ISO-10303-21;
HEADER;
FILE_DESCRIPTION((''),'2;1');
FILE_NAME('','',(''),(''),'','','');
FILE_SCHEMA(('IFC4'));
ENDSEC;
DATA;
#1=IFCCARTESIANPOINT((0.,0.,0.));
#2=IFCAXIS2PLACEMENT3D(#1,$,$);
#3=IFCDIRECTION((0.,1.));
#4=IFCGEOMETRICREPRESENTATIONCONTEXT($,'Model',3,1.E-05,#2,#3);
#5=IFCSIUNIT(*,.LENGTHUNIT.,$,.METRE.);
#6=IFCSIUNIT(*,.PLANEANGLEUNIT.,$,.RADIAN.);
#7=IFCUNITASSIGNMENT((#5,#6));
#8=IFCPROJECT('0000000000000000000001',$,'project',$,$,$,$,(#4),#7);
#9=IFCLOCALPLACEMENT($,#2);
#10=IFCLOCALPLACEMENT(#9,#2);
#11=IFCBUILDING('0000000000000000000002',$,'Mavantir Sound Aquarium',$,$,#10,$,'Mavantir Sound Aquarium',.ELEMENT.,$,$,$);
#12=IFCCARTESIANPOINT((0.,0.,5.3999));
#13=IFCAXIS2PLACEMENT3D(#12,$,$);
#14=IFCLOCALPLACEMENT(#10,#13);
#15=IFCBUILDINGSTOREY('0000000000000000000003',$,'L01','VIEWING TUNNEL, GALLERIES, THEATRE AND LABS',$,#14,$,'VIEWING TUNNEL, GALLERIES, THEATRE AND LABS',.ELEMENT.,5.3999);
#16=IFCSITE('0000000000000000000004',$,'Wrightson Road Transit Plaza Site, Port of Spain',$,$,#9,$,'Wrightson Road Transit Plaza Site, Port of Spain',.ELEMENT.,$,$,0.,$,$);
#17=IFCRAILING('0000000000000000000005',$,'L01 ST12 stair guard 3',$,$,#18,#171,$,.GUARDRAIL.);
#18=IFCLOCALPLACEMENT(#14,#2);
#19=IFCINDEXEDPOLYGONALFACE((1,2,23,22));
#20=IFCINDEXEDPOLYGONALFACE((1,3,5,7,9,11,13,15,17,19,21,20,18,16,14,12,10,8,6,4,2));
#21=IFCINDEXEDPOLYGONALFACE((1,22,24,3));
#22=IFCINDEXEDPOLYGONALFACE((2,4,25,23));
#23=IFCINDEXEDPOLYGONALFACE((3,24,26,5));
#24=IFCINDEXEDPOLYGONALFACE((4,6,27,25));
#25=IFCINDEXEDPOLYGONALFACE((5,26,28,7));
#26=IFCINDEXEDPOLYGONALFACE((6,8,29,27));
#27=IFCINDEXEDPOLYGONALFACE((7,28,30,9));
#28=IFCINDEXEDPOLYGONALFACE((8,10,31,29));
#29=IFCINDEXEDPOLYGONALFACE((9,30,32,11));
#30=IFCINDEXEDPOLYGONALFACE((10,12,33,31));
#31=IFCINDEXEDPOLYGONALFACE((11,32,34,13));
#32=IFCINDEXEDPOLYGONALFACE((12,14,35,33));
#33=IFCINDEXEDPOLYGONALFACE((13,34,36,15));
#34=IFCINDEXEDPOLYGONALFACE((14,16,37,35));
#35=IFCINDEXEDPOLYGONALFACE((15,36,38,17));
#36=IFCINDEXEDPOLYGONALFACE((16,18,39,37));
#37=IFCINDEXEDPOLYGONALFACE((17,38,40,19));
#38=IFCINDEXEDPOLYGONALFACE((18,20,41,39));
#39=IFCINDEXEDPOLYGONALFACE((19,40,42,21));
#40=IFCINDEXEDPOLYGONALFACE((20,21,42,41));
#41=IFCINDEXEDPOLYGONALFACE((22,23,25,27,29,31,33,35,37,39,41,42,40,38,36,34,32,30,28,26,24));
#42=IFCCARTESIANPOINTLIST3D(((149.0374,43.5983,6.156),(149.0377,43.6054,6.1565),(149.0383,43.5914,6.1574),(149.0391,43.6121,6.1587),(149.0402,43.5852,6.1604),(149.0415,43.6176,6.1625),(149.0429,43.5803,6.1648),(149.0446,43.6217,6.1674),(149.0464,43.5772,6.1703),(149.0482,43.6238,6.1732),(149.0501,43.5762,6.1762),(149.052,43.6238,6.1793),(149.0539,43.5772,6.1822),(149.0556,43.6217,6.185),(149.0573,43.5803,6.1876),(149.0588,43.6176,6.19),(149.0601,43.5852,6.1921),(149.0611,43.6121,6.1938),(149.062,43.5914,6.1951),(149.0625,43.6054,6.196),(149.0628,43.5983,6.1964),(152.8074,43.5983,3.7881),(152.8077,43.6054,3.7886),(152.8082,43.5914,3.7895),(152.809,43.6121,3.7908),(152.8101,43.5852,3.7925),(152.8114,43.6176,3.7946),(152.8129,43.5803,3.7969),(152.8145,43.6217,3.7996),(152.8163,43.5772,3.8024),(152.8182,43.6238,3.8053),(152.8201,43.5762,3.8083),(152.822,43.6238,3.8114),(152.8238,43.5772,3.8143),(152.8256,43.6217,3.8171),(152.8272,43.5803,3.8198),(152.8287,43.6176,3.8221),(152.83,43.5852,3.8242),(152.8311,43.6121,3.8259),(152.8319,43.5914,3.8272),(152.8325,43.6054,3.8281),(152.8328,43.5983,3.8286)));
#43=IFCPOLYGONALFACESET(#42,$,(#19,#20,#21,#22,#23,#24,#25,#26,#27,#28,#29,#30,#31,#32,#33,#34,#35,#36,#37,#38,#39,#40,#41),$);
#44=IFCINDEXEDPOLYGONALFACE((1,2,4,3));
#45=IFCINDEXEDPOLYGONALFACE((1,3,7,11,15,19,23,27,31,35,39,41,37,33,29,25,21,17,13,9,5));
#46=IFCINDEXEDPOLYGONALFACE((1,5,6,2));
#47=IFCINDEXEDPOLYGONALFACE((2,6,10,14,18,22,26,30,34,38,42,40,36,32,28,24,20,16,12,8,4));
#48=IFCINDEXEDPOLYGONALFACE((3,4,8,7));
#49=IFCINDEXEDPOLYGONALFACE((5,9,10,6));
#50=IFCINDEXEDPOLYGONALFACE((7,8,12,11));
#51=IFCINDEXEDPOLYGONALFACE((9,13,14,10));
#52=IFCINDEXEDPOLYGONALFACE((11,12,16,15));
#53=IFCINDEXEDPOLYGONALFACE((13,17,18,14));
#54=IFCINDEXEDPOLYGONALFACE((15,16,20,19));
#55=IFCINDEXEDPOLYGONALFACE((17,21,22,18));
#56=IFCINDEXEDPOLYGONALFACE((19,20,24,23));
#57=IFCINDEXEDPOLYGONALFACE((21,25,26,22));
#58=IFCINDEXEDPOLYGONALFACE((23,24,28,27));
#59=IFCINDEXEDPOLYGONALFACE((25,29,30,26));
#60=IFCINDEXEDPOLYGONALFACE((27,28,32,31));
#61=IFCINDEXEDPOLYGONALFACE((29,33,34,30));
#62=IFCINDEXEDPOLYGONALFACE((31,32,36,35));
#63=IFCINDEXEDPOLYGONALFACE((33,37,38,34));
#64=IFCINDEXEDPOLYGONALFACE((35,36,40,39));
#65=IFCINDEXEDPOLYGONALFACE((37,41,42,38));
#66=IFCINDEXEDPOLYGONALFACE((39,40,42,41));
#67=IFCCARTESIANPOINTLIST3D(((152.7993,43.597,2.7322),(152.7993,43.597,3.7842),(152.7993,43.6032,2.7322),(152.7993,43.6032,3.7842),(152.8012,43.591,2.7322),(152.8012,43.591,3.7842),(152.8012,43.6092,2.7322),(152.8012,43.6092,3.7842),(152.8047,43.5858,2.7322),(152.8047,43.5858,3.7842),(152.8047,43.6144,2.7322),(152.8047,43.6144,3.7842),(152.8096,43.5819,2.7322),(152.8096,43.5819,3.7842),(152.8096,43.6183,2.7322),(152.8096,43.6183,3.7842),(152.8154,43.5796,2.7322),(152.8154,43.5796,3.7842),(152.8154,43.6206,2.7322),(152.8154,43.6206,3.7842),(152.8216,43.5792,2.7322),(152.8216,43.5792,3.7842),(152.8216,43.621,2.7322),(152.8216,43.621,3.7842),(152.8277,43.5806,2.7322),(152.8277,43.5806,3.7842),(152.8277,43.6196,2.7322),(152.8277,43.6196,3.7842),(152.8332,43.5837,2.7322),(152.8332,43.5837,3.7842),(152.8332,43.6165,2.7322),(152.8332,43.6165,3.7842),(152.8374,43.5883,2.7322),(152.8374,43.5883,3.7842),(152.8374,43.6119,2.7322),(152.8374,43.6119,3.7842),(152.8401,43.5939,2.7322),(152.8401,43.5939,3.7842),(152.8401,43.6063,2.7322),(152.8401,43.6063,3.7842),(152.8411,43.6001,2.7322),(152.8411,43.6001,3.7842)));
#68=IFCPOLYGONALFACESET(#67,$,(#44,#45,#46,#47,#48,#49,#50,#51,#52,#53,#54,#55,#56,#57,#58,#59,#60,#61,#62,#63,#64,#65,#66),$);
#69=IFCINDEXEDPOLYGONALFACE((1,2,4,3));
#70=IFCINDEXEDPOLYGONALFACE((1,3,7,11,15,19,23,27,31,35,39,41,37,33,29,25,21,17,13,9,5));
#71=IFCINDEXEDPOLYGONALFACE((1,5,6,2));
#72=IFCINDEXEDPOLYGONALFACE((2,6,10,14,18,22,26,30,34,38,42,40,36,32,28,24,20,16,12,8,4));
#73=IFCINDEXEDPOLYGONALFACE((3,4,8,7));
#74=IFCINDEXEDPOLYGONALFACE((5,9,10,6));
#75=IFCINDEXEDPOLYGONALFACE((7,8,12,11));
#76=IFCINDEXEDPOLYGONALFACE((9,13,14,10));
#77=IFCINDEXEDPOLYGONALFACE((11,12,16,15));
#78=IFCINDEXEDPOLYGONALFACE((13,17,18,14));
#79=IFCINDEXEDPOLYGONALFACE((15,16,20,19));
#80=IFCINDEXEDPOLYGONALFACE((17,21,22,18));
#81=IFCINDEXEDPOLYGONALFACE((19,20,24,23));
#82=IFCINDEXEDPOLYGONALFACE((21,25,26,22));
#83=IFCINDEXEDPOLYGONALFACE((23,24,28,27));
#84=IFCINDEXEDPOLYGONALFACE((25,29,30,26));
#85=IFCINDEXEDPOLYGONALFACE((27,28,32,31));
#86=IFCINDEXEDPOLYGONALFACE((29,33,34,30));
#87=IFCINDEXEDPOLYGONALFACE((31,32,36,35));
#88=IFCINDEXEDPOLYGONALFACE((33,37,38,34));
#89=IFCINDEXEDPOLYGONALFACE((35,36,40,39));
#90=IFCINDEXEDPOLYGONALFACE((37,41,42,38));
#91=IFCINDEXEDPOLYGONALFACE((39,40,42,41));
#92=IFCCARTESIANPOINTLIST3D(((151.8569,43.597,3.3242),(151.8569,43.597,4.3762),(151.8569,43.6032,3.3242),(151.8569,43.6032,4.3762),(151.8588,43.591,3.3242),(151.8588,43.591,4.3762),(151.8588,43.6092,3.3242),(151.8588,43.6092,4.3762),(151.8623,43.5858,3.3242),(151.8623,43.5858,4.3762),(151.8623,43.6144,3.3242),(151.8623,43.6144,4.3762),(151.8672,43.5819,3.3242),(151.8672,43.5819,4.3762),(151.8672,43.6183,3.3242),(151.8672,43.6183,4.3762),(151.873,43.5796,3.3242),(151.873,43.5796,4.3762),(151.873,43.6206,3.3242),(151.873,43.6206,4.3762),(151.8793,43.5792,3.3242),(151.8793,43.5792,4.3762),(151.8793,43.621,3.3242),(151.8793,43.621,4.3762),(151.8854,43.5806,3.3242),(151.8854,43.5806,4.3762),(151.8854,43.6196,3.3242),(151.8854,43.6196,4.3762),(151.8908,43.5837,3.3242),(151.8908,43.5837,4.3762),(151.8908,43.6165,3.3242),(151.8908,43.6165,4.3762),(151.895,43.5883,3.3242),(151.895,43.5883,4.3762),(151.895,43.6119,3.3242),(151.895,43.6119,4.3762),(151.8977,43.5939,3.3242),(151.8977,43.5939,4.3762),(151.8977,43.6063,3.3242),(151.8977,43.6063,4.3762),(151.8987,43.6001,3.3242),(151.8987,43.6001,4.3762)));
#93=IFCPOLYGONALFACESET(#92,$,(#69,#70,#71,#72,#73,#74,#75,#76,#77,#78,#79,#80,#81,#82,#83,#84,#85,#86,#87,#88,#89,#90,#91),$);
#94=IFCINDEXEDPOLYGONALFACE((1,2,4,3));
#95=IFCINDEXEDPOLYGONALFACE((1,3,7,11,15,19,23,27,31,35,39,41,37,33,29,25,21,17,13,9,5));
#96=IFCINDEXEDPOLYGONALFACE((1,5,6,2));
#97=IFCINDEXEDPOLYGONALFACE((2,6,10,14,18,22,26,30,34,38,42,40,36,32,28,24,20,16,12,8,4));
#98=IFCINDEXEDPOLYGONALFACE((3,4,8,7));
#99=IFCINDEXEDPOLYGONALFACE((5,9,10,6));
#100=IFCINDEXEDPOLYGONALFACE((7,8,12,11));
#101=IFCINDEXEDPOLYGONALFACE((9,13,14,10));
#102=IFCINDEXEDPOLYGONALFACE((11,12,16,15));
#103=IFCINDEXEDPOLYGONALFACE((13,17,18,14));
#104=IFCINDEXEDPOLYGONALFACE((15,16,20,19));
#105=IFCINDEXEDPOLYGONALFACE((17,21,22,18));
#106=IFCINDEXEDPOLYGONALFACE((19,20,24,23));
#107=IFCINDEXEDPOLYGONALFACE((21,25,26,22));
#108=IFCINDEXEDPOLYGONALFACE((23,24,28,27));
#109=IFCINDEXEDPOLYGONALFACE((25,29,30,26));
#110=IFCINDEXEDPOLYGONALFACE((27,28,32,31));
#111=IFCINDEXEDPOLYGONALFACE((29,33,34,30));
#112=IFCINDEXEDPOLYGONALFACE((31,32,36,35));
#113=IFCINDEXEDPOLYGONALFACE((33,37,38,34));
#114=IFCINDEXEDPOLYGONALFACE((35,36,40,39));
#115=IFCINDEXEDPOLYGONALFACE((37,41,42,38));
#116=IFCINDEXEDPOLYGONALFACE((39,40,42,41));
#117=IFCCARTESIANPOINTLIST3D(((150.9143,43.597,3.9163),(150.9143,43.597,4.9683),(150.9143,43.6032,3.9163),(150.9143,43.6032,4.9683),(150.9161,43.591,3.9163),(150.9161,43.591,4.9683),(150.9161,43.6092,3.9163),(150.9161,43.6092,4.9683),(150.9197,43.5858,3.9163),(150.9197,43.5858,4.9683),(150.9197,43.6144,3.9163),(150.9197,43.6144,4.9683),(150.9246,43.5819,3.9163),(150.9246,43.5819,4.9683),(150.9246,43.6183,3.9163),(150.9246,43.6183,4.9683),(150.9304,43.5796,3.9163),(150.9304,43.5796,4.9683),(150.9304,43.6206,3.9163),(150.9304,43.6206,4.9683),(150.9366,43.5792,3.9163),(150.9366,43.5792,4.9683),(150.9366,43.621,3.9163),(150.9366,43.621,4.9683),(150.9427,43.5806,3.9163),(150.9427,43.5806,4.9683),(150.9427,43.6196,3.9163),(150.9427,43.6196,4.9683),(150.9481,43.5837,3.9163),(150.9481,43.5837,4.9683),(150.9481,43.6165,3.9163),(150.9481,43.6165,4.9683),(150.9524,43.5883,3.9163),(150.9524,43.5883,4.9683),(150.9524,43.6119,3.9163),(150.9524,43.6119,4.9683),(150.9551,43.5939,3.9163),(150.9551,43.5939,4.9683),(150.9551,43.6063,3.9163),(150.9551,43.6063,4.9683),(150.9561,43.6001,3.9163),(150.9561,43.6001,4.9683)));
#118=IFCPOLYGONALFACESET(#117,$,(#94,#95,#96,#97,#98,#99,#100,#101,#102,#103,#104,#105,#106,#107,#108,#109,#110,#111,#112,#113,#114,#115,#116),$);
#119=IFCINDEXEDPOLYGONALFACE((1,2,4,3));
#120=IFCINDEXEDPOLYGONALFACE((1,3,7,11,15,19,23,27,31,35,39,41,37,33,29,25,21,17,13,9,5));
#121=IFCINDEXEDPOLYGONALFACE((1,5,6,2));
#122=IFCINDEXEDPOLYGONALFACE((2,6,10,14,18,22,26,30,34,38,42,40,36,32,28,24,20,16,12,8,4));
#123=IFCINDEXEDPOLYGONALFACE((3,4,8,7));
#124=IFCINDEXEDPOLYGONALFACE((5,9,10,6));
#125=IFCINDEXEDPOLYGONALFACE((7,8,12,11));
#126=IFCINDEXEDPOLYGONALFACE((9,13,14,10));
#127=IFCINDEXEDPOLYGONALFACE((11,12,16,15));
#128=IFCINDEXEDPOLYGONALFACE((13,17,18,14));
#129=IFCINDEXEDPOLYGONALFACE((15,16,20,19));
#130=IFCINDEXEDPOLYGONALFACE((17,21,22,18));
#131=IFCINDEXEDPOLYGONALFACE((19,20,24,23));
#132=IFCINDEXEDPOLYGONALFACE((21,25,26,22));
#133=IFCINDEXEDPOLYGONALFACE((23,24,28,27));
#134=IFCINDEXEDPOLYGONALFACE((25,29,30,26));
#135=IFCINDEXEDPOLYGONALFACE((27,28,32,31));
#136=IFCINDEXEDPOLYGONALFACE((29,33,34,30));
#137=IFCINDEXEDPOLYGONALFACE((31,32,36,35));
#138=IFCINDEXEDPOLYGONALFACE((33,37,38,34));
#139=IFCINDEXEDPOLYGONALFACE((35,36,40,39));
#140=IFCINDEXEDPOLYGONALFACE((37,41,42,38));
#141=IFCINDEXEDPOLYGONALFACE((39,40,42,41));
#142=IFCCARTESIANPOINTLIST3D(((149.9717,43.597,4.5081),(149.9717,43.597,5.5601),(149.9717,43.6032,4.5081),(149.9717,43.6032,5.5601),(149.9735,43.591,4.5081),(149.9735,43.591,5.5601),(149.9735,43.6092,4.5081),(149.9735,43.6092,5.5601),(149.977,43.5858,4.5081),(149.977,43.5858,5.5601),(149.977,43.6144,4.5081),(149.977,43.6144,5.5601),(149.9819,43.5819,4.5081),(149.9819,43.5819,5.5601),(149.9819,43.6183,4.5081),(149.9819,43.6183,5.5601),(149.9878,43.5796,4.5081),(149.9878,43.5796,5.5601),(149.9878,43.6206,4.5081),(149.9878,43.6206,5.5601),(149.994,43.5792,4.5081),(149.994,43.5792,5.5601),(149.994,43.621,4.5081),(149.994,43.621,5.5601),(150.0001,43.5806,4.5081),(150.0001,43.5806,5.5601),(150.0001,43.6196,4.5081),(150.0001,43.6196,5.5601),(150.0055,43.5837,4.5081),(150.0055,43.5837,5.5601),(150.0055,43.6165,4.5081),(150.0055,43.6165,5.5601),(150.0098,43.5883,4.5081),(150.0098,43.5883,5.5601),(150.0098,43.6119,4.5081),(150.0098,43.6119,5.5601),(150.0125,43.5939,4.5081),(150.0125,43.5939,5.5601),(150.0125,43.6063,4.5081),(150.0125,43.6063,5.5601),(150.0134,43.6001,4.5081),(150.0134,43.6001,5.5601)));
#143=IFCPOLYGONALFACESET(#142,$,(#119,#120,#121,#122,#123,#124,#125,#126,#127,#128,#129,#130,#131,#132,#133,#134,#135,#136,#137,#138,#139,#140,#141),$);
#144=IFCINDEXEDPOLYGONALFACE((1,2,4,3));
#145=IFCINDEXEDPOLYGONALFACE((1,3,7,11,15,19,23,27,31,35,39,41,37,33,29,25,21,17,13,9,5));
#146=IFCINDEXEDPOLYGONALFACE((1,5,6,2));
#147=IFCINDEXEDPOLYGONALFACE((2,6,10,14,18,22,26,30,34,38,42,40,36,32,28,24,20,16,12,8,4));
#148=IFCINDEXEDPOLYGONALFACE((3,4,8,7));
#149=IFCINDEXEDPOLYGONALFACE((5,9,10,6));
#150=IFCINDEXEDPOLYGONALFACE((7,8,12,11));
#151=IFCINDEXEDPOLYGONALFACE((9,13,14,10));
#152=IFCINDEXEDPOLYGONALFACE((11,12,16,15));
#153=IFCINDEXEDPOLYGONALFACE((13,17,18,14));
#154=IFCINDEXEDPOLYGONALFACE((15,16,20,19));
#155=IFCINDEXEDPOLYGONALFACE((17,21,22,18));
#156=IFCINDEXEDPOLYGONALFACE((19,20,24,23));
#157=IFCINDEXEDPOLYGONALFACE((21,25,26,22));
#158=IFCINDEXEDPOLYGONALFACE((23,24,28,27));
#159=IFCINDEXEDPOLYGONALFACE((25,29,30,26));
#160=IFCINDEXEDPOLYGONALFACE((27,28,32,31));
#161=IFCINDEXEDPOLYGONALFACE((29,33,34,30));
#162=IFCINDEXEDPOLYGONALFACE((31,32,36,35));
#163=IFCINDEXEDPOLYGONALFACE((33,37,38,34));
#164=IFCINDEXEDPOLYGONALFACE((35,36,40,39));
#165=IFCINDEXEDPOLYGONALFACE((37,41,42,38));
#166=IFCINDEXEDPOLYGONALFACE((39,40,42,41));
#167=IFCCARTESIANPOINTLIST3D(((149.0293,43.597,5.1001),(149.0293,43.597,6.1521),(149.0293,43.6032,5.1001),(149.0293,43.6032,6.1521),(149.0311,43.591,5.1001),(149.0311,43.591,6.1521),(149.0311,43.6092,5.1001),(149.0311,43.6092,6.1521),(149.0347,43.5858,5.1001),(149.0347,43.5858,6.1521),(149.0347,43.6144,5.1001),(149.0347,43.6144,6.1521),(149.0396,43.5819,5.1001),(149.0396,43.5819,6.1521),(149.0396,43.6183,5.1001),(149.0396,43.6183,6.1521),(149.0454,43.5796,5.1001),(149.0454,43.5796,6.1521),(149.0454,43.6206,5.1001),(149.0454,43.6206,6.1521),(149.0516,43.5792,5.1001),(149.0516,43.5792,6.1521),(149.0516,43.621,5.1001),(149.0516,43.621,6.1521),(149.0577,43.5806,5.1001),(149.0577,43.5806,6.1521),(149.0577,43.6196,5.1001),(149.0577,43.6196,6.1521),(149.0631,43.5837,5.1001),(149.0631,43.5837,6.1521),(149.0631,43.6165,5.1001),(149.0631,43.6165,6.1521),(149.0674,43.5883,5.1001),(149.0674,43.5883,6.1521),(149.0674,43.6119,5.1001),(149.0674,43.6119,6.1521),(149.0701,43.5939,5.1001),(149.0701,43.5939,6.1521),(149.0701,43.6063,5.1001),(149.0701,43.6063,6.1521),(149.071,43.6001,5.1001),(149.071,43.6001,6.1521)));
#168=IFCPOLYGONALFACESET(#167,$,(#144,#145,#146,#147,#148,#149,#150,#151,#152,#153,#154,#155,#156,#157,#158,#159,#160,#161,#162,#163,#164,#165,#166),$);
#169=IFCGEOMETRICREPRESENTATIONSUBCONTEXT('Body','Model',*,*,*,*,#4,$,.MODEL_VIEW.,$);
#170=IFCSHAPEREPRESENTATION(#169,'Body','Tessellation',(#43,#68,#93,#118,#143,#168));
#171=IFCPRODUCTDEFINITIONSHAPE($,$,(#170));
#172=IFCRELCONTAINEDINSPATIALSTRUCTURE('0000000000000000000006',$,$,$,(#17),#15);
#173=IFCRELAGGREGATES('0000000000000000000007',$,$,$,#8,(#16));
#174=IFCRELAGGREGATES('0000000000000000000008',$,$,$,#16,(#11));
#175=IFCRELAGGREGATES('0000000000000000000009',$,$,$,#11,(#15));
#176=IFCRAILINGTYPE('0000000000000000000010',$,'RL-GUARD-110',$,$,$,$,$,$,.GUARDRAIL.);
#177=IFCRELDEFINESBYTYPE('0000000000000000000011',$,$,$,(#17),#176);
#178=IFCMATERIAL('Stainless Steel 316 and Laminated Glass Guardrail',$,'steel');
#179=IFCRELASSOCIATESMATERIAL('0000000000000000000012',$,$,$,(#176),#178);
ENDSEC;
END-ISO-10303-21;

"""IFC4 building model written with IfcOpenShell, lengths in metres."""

from ifc_helpers import new_model, si_unit, direction, frame, origin, origin_2d, place, context, subcontext, project, spatial, circle, extrude, material, type_object, element, save


model = new_model("IFC4")

# Units and contexts
model_context = context("Model", 3, precision=1e-05, world=origin(), true_north=direction((0.0, 1.0)))
body_context = subcontext(model_context, "Body", "Model", "MODEL_VIEW")
ifc_project = project(units=[si_unit("LENGTHUNIT", "METRE"), si_unit("PLANEANGLEUNIT", "RADIAN")], contexts=[model_context])

# Site, building, storey
site_placement = place(None, origin())
site = spatial("IfcSite", under=ifc_project, at=site_placement, Name="Wrightson Road Transit Plaza Site, Port of Spain", LongName="Wrightson Road Transit Plaza Site, Port of Spain", CompositionType="ELEMENT", RefElevation=0.0)
building_placement = place(site_placement, origin())
building = spatial("IfcBuilding", under=site, at=building_placement, Name="Mavantir Sound Aquarium", LongName="Mavantir Sound Aquarium", CompositionType="ELEMENT")
storey_placement = place(building_placement, frame((0.0, 0.0, 5.3999)))
storey = spatial("IfcBuildingStorey", under=building, at=storey_placement, Name="L01", Description="VIEWING TUNNEL, GALLERIES, THEATRE AND LABS", LongName="VIEWING TUNNEL, GALLERIES, THEATRE AND LABS", CompositionType="ELEMENT", Elevation=5.3999)

# Railing
ifc_material_1 = material(Name="Stainless Steel 316 and Laminated Glass Guardrail", Category="steel")
railing_type_1 = type_object("IfcRailingType", Name="RL-GUARD-110", PredefinedType="GUARDRAIL", material=ifc_material_1)
railing_1_placement = place(storey_placement, frame((152.8201, 43.6001, 2.7322)))
element("IfcRailing", 1, at=railing_1_placement, inside=storey, type_object=railing_type_1, Name="L01 ST12 stair guard 3", PredefinedType="GUARDRAIL", context=body_context, shape_type="SweptSolid", body=[
    extrude(circle(Radius=0.0239, at=origin_2d()), frame((0.0, 0.0, 1.0762), z_axis=(-0.846819, 0.0, 0.531881), x_axis=(0.0, -1.0, 0.0)), (0.0, 0.0, 1.0), 4.4519),
    extrude(circle(Radius=0.021, at=origin_2d()), origin(), (0.0, 0.0, 1.0), 1.052),
    extrude(circle(Radius=0.021, at=origin_2d()), frame((-0.9424, 0.0, 0.592)), (0.0, 0.0, 1.0), 1.052),
    extrude(circle(Radius=0.021, at=origin_2d()), frame((-1.885, 0.0, 1.1841)), (0.0, 0.0, 1.0), 1.052),
    extrude(circle(Radius=0.021, at=origin_2d()), frame((-2.8276, 0.0, 1.7759)), (0.0, 0.0, 1.0), 1.052),
    extrude(circle(Radius=0.021, at=origin_2d()), frame((-3.77, 0.0, 2.3679)), (0.0, 0.0, 1.0), 1.052),
])

save(model, "model.ifc")
